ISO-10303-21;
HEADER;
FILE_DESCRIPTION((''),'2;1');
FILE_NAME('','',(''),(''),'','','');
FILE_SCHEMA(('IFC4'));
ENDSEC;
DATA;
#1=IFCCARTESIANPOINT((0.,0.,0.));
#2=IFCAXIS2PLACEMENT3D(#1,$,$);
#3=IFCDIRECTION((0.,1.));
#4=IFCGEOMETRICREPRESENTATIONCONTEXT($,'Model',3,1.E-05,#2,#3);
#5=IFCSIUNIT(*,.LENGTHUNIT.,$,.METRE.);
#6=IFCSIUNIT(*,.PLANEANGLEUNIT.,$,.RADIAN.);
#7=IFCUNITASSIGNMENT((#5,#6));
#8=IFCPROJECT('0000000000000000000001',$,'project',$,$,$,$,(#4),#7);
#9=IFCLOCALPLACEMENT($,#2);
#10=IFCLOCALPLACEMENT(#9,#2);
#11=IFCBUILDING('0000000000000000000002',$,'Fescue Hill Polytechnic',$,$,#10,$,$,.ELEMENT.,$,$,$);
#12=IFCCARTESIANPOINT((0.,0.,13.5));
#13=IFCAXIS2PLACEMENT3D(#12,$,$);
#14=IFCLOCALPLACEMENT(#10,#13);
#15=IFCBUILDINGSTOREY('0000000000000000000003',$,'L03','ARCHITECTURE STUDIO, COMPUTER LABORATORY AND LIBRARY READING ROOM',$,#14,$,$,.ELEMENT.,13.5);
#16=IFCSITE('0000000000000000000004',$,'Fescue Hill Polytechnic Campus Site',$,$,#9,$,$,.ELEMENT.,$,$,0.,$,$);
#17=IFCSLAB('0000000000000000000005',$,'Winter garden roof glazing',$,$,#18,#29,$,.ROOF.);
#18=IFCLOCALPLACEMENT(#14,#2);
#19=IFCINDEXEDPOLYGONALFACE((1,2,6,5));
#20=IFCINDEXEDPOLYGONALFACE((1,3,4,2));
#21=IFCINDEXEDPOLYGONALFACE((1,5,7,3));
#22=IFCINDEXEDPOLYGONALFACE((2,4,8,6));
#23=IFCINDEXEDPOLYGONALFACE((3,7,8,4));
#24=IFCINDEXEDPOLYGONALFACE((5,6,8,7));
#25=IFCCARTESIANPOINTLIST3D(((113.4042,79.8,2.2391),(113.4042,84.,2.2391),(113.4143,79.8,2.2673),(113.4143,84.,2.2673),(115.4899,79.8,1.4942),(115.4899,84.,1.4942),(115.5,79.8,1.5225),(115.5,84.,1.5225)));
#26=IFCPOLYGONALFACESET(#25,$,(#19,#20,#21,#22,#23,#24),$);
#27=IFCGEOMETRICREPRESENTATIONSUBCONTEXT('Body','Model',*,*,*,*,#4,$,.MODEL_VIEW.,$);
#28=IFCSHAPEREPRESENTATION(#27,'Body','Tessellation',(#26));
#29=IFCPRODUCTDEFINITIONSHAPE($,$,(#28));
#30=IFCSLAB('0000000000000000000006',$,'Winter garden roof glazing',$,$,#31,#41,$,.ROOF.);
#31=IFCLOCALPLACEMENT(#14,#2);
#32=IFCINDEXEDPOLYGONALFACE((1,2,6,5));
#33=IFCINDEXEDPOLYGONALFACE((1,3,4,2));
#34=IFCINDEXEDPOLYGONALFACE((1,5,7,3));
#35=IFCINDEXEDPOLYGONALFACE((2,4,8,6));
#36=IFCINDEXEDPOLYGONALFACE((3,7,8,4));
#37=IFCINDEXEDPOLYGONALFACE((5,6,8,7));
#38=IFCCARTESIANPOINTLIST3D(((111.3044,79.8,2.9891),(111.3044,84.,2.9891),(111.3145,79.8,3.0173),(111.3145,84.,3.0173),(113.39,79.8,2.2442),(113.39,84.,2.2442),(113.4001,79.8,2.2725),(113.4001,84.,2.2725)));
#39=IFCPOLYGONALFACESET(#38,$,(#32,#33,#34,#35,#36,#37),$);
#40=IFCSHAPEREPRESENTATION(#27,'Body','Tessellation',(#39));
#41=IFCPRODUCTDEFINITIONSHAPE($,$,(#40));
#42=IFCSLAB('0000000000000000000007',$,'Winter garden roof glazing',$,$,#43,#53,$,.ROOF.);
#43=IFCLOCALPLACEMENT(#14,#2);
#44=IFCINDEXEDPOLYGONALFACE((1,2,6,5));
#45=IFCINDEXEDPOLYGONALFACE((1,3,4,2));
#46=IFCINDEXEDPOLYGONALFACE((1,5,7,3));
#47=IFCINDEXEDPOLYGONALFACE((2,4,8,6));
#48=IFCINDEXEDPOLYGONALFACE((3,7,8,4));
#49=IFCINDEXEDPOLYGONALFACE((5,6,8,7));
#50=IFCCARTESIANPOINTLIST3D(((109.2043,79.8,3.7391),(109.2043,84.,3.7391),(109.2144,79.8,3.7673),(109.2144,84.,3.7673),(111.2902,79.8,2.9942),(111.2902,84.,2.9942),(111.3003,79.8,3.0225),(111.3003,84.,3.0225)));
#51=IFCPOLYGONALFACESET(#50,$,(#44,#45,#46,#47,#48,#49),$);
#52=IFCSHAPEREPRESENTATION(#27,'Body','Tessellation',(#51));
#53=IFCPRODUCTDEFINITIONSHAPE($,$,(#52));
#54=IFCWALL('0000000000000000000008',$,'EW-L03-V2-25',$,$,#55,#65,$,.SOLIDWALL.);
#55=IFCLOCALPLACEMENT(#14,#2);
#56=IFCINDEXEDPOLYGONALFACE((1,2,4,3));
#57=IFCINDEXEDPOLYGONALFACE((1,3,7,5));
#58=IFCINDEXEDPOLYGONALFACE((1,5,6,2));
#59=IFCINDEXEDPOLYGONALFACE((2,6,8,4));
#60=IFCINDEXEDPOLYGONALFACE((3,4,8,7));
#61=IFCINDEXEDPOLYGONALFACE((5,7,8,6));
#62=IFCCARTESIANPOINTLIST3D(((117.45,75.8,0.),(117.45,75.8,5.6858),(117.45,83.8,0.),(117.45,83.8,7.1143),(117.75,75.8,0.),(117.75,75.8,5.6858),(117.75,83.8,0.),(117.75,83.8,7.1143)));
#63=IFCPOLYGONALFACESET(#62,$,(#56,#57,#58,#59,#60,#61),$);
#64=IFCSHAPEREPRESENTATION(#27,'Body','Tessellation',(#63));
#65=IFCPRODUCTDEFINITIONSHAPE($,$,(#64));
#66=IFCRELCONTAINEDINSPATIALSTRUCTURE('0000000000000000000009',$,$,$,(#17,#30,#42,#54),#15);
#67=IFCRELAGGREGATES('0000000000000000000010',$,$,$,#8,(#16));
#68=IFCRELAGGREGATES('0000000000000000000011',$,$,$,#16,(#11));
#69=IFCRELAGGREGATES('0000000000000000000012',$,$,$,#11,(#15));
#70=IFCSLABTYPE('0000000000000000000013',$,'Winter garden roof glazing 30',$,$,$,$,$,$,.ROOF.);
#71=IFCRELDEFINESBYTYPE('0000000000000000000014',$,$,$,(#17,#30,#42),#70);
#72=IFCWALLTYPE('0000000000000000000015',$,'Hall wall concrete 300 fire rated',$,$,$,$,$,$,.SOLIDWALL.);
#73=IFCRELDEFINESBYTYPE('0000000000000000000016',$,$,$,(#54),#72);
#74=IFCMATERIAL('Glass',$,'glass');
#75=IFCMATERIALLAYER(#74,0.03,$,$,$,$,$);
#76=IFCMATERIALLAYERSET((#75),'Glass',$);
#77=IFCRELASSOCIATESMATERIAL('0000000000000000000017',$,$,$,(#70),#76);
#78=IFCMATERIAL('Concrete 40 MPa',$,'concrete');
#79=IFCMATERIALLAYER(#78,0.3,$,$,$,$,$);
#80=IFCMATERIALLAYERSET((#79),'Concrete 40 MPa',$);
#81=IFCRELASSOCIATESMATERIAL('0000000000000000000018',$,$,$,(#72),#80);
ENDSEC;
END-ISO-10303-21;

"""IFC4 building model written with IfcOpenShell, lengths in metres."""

from ifc_helpers import new_model, si_unit, direction, frame, origin, place, context, subcontext, project, spatial, polyline, outline, extrude, material, layer, layer_set, type_object, element, save


model = new_model("IFC4")

# Units and contexts
model_context = context("Model", 3, precision=1e-05, world=origin(), true_north=direction((0.0, 1.0)))
body_context = subcontext(model_context, "Body", "Model", "MODEL_VIEW")
ifc_project = project(units=[si_unit("LENGTHUNIT", "METRE"), si_unit("PLANEANGLEUNIT", "RADIAN")], contexts=[model_context])

# Site, building, storey
site_placement = place(None, origin())
site = spatial("IfcSite", under=ifc_project, at=site_placement, Name="Fescue Hill Polytechnic Campus Site", CompositionType="ELEMENT", RefElevation=0.0)
building_placement = place(site_placement, origin())
building = spatial("IfcBuilding", under=site, at=building_placement, Name="Fescue Hill Polytechnic", CompositionType="ELEMENT")
storey_placement = place(building_placement, frame((0.0, 0.0, 13.5)))
storey = spatial("IfcBuildingStorey", under=building, at=storey_placement, Name="L03", Description="ARCHITECTURE STUDIO, COMPUTER LABORATORY AND LIBRARY READING ROOM", CompositionType="ELEMENT", Elevation=13.5)

# Shared definitions
ifc_material_1 = material(Name="Concrete 40 MPa", Category="concrete")

# Slabs
ifc_material_2 = material(Name="Glass", Category="glass")
ifc_layer_1 = layer(ifc_material_2, 0.03)
ifc_layer_set_1 = layer_set([ifc_layer_1], Name="Glass")
slab_type = type_object("IfcSlabType", Name="Winter garden roof glazing 30", PredefinedType="ROOF", material=ifc_layer_set_1)
for number, where, z_axis, x_axis, name in (
    (1, (115.5, 79.8, 1.5225), (0.336329, 0.0, 0.941744), (0.0, 1.0, 0.0), "Winter garden roof glazing"),
    (2, (113.4001, 79.8, 2.2725), (0.336329, 0.0, 0.941744), (0.0, 1.0, 0.0), "Winter garden roof glazing"),
):
    element("IfcSlab", number, at=place(storey_placement, frame(where, z_axis=z_axis, x_axis=x_axis)), inside=storey, type_object=slab_type, Name=name, PredefinedType="ROOF", context=body_context, shape_type="SweptSolid", body=[
        extrude(outline(polyline([(0.0, 0.0), (4.2, 0.0), (4.2, 2.2147), (0.0, 2.2147), (0.0, 0.0)])), origin(), (0.0, 0.0, -1.0), 0.03),
    ])
slab_1_placement = place(storey_placement, frame((111.3003, 79.8, 3.0225), z_axis=(0.336295, 0.0, 0.941757), x_axis=(0.0, 1.0, 0.0)))
element("IfcSlab", 3, at=slab_1_placement, inside=storey, type_object=slab_type, Name="Winter garden roof glazing", PredefinedType="ROOF", context=body_context, shape_type="SweptSolid", body=[
    extrude(outline(polyline([(0.0, 0.0), (4.2, 0.0), (4.2, 2.2149), (0.0, 2.2149), (0.0, 0.0)])), origin(), (0.0, 0.0, -1.0), 0.03),
])

# Wall
ifc_layer_2 = layer(ifc_material_1, 0.3)
ifc_layer_set_2 = layer_set([ifc_layer_2], Name="Concrete 40 MPa")
wall_type = type_object("IfcWallType", Name="Hall wall concrete 300 fire rated", PredefinedType="SOLIDWALL", material=ifc_layer_set_2)
wall_placement = place(storey_placement, frame((117.6001, 83.8, 0.0), z_axis=(0.0, 0.0, 1.0), x_axis=(0.0, -1.0, 0.0)))
element("IfcWall", 4, at=wall_placement, inside=storey, type_object=wall_type, Name="EW-L03-V2-25", PredefinedType="SOLIDWALL", context=body_context, shape_type="SweptSolid", body=[
    extrude(outline(polyline([(0.0, 0.0), (8.0, 0.0), (8.0, 5.6858), (0.0, 7.1143), (0.0, 0.0)])), frame((0.0, 0.1499, 0.0), z_axis=(0.0, -1.0, 0.0), x_axis=(1.0, 0.0, 0.0)), (0.0, 0.0, 1.0), 0.3),
])

save(model, "model.ifc")
